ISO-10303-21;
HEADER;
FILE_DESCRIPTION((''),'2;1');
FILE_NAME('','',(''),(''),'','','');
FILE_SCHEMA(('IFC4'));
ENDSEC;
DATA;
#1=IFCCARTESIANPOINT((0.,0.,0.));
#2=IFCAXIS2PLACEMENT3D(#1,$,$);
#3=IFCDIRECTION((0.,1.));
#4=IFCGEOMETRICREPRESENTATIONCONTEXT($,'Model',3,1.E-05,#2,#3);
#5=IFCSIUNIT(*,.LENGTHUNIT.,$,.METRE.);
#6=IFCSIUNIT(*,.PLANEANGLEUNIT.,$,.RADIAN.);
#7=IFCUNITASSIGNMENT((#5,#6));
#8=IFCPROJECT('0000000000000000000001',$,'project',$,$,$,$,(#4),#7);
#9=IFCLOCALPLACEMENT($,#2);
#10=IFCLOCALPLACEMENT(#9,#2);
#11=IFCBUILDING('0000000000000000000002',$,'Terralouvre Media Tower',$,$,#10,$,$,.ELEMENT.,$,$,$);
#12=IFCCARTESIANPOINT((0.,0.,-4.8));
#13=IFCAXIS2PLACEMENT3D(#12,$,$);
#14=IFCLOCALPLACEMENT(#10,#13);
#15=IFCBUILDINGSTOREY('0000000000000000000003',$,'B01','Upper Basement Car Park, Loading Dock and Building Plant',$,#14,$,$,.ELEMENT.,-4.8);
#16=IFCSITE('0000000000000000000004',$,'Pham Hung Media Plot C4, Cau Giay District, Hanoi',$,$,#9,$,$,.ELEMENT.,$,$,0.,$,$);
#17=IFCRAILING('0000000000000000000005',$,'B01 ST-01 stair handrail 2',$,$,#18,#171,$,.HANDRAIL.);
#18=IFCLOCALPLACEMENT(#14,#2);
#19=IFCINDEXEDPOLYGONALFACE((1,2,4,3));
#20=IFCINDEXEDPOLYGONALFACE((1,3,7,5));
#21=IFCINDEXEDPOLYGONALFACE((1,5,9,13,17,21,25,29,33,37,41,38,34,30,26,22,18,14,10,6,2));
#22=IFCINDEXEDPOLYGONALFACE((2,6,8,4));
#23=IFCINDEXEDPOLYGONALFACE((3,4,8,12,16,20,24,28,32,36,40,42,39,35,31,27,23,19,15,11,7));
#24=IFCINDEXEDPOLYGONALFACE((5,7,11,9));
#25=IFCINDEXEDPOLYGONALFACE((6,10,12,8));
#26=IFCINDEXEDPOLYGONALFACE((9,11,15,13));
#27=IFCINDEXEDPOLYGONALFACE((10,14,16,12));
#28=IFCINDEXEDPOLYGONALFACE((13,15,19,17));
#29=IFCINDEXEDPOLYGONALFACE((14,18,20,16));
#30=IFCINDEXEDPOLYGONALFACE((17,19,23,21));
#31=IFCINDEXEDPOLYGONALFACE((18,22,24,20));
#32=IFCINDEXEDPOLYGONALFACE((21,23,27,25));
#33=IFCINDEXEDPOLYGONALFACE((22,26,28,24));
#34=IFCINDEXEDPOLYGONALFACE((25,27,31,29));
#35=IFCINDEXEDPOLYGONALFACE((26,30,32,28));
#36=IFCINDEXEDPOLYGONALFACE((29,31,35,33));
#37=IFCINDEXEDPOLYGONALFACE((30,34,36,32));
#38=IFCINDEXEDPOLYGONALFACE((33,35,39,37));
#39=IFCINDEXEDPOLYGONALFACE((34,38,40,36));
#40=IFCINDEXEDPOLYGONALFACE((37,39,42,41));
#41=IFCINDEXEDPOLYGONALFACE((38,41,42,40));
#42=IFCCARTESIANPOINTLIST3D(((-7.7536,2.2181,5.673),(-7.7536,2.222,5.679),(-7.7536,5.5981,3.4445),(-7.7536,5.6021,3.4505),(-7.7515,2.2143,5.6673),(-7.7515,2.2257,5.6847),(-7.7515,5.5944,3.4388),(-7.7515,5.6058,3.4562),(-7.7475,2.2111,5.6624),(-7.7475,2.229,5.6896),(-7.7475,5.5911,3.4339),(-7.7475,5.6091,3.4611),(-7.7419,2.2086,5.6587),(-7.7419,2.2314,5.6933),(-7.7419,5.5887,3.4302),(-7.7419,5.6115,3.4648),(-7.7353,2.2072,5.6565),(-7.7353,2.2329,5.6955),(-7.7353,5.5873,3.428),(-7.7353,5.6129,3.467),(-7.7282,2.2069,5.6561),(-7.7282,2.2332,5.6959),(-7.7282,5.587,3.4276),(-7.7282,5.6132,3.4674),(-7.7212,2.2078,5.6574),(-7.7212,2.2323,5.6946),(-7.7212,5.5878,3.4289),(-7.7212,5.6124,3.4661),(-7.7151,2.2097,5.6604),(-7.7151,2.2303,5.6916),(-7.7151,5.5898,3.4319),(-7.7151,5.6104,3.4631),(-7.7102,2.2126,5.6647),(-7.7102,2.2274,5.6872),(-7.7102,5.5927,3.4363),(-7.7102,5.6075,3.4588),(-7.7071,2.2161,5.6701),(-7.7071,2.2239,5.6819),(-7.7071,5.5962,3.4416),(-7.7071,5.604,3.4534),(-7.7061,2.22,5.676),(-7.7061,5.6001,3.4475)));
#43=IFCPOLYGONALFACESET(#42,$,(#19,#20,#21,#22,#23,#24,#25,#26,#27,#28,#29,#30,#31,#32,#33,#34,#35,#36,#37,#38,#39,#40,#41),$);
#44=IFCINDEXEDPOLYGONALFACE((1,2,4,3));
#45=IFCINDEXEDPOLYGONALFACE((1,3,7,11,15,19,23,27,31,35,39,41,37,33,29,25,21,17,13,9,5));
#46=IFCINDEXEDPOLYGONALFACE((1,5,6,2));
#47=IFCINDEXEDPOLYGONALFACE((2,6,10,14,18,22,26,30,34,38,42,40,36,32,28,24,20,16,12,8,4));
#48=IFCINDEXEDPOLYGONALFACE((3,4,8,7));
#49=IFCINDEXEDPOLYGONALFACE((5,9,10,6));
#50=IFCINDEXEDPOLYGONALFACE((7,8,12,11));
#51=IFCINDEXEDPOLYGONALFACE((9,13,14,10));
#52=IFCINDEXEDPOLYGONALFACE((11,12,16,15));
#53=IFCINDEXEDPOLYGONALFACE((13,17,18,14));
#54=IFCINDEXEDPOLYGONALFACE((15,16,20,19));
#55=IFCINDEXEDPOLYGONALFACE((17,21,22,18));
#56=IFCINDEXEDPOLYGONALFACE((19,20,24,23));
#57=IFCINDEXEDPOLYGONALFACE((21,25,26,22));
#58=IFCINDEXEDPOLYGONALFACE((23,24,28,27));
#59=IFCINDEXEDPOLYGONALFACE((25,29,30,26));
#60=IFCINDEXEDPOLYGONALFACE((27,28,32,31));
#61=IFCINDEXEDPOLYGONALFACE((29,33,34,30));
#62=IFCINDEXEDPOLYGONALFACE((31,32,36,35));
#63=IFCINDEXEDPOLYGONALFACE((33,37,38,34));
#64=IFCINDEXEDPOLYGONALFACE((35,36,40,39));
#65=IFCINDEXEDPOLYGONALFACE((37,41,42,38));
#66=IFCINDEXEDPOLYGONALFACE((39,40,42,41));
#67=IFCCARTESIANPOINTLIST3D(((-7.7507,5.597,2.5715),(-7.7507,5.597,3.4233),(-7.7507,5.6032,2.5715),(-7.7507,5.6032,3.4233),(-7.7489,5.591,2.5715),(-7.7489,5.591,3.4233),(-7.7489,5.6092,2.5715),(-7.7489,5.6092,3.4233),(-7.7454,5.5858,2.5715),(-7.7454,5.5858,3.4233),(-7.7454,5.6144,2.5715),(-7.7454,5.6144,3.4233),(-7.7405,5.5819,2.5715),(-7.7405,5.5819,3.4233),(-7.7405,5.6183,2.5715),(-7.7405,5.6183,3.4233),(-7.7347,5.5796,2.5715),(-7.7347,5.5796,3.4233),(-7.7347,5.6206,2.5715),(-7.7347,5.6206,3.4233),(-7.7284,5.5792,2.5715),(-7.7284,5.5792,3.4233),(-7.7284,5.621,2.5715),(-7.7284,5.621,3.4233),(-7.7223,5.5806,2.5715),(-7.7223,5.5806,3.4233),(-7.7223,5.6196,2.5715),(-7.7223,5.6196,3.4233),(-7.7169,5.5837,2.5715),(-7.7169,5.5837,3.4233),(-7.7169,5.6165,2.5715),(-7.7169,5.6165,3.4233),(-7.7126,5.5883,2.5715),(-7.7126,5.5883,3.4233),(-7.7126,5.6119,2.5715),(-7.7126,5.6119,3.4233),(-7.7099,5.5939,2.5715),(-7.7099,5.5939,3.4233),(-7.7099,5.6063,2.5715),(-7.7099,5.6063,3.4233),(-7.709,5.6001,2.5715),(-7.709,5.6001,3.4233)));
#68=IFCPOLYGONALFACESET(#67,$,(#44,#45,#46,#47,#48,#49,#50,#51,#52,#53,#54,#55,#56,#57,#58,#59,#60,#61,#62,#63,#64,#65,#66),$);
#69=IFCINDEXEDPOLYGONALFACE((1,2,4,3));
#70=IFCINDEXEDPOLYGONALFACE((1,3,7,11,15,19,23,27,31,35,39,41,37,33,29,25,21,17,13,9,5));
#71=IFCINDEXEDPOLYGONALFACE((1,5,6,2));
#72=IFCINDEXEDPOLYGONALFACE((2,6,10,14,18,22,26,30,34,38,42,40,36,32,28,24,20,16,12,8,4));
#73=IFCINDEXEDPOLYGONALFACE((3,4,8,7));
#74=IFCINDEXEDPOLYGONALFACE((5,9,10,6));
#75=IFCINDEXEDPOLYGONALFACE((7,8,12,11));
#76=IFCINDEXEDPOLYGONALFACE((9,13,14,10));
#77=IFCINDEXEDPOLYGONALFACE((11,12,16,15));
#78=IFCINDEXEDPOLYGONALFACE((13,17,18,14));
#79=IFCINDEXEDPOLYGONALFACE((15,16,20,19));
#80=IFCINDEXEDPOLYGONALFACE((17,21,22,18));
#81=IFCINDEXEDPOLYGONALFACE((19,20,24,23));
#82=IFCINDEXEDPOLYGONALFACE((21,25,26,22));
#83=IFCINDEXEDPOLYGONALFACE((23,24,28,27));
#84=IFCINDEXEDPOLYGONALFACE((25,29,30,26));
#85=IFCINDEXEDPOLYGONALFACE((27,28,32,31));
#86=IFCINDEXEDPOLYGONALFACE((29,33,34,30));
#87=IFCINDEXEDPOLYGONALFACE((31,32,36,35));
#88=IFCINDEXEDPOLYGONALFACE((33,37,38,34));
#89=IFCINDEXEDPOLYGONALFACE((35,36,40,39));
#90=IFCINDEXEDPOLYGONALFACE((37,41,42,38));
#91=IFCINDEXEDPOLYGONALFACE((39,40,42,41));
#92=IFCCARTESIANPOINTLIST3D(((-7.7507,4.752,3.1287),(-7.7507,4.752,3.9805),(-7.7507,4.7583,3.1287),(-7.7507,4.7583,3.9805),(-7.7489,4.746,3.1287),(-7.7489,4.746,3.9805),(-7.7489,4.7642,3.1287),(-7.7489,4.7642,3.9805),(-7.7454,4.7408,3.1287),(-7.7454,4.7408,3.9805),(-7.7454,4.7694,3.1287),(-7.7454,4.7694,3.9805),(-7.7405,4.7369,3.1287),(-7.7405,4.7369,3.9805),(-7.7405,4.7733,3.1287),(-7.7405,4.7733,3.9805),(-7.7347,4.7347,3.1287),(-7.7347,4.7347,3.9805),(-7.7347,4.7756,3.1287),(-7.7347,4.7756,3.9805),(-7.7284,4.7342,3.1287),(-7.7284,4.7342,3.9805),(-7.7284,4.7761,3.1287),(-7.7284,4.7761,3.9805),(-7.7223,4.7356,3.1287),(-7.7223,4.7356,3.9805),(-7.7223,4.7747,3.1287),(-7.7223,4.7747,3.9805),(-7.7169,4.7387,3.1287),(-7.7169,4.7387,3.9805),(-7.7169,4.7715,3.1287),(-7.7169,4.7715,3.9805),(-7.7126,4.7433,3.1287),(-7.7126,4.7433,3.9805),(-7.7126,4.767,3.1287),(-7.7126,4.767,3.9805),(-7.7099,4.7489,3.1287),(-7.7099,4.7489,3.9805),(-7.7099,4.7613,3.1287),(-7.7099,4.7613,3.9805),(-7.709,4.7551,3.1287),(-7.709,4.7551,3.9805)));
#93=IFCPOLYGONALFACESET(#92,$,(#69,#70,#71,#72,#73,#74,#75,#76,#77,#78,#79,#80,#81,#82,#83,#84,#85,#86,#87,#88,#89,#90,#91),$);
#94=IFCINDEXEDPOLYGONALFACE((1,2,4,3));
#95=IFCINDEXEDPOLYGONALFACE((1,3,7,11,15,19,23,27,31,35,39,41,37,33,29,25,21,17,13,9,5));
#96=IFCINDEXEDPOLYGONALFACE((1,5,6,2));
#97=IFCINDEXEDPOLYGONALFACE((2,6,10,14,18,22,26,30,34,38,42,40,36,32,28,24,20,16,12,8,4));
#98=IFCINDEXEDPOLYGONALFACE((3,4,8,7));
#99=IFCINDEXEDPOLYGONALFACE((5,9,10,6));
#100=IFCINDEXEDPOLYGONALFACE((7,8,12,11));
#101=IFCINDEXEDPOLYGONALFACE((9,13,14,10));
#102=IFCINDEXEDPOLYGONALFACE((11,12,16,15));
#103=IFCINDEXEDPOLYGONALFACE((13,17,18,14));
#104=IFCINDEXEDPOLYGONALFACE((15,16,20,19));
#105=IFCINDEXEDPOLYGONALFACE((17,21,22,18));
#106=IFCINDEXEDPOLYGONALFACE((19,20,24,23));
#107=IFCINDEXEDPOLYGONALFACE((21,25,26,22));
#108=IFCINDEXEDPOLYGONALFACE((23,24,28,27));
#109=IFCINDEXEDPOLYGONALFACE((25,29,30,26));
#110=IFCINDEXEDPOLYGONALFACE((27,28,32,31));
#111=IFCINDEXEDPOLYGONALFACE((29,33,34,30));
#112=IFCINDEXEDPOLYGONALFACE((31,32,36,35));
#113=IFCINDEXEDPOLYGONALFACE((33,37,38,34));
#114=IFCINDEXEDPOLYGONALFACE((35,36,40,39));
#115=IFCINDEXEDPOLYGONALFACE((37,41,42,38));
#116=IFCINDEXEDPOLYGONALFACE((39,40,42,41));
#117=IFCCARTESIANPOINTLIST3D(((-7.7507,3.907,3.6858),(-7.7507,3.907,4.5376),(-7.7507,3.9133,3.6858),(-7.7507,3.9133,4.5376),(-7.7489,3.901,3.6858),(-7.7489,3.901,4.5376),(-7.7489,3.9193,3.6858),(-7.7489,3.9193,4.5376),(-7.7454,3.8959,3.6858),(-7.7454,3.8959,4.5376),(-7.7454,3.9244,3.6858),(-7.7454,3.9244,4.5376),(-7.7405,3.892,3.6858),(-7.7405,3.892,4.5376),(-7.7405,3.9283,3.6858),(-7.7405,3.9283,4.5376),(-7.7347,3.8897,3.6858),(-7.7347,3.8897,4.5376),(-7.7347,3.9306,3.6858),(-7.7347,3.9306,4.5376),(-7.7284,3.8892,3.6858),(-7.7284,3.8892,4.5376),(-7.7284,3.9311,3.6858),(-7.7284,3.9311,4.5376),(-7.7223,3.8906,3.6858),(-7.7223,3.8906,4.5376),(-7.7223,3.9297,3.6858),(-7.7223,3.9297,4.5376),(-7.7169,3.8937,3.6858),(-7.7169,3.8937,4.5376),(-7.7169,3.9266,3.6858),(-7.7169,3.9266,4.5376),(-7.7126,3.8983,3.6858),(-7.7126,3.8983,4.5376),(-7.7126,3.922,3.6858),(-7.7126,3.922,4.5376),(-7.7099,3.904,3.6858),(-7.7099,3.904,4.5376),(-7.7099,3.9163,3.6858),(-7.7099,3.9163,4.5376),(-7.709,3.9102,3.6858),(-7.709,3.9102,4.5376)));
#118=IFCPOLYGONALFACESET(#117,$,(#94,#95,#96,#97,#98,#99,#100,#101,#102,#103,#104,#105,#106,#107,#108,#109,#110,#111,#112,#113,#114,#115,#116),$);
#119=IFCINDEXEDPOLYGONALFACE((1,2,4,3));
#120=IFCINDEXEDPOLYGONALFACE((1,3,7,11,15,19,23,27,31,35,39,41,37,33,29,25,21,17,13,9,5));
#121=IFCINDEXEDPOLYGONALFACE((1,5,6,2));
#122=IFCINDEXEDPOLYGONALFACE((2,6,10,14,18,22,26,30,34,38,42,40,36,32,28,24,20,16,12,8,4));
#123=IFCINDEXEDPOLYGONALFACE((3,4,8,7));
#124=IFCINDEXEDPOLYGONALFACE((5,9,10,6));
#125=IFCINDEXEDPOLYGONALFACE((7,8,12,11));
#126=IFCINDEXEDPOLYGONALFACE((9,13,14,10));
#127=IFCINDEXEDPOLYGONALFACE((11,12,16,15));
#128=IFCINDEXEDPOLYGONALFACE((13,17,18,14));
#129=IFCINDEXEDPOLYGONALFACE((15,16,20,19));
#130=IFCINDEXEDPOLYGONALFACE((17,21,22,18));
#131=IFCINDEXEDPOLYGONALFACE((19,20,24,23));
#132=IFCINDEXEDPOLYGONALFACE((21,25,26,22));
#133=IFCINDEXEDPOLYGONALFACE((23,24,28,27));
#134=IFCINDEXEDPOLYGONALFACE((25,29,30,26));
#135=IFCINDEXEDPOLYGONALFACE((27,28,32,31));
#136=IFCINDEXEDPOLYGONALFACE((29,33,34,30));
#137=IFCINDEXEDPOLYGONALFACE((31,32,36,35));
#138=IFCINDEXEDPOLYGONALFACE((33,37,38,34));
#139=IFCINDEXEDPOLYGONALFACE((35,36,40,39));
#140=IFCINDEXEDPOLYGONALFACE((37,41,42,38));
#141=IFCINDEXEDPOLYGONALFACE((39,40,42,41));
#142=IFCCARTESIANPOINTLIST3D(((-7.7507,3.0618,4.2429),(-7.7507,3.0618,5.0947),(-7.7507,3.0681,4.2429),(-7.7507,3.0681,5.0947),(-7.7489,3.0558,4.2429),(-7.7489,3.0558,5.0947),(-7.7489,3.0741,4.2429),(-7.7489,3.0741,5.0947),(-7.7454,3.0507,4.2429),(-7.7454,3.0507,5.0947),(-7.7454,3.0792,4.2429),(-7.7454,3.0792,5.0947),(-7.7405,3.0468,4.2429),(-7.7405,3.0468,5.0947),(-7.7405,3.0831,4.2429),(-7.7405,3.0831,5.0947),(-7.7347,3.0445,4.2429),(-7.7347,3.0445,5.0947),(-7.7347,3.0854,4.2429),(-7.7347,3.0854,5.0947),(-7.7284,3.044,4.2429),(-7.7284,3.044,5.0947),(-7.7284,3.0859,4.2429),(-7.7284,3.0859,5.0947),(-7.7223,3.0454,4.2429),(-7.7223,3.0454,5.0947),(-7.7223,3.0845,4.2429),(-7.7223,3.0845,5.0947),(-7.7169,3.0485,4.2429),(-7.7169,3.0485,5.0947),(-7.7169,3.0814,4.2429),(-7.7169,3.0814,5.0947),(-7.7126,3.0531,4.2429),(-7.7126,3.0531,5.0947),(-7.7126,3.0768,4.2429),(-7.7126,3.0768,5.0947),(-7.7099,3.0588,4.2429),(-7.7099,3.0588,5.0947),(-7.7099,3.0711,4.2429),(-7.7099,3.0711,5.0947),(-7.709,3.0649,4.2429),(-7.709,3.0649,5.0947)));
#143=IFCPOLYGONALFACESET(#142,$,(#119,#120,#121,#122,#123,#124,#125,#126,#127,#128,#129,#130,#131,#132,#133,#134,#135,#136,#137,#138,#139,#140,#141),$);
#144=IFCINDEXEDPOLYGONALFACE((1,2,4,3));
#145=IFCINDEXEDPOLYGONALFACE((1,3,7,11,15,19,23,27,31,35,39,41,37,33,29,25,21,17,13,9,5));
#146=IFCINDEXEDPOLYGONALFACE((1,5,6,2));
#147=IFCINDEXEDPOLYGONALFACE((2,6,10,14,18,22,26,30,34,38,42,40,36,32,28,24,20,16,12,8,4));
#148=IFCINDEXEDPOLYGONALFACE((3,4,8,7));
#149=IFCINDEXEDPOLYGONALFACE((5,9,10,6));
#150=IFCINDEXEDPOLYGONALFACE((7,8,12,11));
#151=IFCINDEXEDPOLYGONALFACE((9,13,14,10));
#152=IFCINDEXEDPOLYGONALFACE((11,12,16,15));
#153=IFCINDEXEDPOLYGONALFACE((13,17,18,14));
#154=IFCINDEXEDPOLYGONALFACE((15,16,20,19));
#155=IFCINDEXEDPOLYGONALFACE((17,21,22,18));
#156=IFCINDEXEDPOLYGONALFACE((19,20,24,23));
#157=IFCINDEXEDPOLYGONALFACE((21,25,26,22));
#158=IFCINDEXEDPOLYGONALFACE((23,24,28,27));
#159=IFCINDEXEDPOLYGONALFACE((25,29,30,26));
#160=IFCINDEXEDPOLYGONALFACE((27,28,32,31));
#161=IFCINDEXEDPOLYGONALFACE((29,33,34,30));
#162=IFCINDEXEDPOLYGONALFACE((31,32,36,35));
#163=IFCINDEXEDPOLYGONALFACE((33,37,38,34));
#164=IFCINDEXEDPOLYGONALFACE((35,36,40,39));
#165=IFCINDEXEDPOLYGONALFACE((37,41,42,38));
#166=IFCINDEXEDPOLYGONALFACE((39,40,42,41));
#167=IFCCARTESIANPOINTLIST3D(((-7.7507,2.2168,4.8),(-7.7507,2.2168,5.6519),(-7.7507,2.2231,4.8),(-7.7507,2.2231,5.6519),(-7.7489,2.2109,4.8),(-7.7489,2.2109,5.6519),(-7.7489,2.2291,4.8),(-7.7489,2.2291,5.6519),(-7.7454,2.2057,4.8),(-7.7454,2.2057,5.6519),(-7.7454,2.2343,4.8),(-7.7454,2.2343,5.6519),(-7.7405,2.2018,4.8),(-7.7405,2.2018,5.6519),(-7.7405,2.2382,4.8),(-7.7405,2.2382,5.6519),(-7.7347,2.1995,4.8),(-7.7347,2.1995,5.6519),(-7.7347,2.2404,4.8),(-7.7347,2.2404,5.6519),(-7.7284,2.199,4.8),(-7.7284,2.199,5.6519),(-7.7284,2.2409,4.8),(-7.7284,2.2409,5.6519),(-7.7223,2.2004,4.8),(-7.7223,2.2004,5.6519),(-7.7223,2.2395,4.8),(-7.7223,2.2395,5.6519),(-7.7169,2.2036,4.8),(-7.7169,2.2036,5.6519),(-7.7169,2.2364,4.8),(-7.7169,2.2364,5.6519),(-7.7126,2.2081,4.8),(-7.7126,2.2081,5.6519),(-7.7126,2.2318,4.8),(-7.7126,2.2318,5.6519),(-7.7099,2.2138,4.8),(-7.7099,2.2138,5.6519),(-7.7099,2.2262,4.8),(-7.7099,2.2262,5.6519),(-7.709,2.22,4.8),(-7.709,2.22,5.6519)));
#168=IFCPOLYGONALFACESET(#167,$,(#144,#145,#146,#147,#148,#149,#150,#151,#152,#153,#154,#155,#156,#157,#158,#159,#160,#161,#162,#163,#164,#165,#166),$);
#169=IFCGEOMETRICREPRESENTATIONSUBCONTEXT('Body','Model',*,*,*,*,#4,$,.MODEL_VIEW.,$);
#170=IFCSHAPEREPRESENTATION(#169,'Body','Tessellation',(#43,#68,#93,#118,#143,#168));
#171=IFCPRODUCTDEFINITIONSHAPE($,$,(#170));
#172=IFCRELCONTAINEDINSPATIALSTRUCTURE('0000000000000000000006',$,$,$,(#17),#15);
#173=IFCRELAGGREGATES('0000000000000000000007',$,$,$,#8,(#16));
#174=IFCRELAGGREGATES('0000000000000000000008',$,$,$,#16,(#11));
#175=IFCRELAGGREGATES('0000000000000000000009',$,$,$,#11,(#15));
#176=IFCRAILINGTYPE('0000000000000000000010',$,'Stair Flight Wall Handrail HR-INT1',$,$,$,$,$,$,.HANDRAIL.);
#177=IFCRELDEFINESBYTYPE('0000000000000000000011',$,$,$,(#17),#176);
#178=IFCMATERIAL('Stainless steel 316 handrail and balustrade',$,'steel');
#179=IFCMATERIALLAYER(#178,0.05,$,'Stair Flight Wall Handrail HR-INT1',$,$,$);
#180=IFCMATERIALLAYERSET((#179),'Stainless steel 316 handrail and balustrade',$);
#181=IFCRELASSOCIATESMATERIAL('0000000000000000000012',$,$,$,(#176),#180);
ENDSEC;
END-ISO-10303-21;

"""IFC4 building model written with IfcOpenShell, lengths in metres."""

from ifc_helpers import new_model, si_unit, direction, frame, origin, origin_2d, place, context, subcontext, project, spatial, circle, extrude, material, layer, layer_set, type_object, element, save


model = new_model("IFC4")

# Units and contexts
model_context = context("Model", 3, precision=1e-05, world=origin(), true_north=direction((0.0, 1.0)))
body_context = subcontext(model_context, "Body", "Model", "MODEL_VIEW")
ifc_project = project(units=[si_unit("LENGTHUNIT", "METRE"), si_unit("PLANEANGLEUNIT", "RADIAN")], contexts=[model_context])

# Site, building, storey
site_placement = place(None, origin())
site = spatial("IfcSite", under=ifc_project, at=site_placement, Name="Pham Hung Media Plot C4, Cau Giay District, Hanoi", CompositionType="ELEMENT", RefElevation=0.0)
building_placement = place(site_placement, origin())
building = spatial("IfcBuilding", under=site, at=building_placement, Name="Terralouvre Media Tower", CompositionType="ELEMENT")
storey_placement = place(building_placement, frame((0.0, 0.0, -4.8)))
storey = spatial("IfcBuildingStorey", under=building, at=storey_placement, Name="B01", Description="Upper Basement Car Park, Loading Dock and Building Plant", CompositionType="ELEMENT", Elevation=-4.8)

# Railing
ifc_material_1 = material(Name="Stainless steel 316 handrail and balustrade", Category="steel")
ifc_layer_1 = layer(ifc_material_1, 0.05, Name="Stair Flight Wall Handrail HR-INT1")
ifc_layer_set_1 = layer_set([ifc_layer_1], Name="Stainless steel 316 handrail and balustrade")
railing_type_1 = type_object("IfcRailingType", Name="Stair Flight Wall Handrail HR-INT1", PredefinedType="HANDRAIL", material=ifc_layer_set_1)
railing_1_placement = place(storey_placement, frame((-7.73, 5.6001, 2.5715)))
element("IfcRailing", 1, at=railing_1_placement, inside=storey, type_object=railing_type_1, Name="B01 ST-01 stair handrail 2", PredefinedType="HANDRAIL", context=body_context, shape_type="SweptSolid", body=[
    extrude(circle(Radius=0.0239, at=origin_2d()), frame((0.0, 0.0, 0.876), z_axis=(0.0, -0.834878, 0.550435), x_axis=(1.0, 0.0, 0.0)), (0.0, 0.0, 1.0), 4.0486),
    extrude(circle(Radius=0.021, at=origin_2d()), origin(), (0.0, 0.0, 1.0), 0.8518),
    extrude(circle(Radius=0.021, at=origin_2d()), frame((0.0, -0.845, 0.5571)), (0.0, 0.0, 1.0), 0.8518),
    extrude(circle(Radius=0.021, at=origin_2d()), frame((0.0, -1.6899, 1.1143)), (0.0, 0.0, 1.0), 0.8518),
    extrude(circle(Radius=0.021, at=origin_2d()), frame((0.0, -2.5352, 1.6714)), (0.0, 0.0, 1.0), 0.8518),
    extrude(circle(Radius=0.021, at=origin_2d()), frame((0.0, -3.3801, 2.2285)), (0.0, 0.0, 1.0), 0.8518),
])

save(model, "model.ifc")
